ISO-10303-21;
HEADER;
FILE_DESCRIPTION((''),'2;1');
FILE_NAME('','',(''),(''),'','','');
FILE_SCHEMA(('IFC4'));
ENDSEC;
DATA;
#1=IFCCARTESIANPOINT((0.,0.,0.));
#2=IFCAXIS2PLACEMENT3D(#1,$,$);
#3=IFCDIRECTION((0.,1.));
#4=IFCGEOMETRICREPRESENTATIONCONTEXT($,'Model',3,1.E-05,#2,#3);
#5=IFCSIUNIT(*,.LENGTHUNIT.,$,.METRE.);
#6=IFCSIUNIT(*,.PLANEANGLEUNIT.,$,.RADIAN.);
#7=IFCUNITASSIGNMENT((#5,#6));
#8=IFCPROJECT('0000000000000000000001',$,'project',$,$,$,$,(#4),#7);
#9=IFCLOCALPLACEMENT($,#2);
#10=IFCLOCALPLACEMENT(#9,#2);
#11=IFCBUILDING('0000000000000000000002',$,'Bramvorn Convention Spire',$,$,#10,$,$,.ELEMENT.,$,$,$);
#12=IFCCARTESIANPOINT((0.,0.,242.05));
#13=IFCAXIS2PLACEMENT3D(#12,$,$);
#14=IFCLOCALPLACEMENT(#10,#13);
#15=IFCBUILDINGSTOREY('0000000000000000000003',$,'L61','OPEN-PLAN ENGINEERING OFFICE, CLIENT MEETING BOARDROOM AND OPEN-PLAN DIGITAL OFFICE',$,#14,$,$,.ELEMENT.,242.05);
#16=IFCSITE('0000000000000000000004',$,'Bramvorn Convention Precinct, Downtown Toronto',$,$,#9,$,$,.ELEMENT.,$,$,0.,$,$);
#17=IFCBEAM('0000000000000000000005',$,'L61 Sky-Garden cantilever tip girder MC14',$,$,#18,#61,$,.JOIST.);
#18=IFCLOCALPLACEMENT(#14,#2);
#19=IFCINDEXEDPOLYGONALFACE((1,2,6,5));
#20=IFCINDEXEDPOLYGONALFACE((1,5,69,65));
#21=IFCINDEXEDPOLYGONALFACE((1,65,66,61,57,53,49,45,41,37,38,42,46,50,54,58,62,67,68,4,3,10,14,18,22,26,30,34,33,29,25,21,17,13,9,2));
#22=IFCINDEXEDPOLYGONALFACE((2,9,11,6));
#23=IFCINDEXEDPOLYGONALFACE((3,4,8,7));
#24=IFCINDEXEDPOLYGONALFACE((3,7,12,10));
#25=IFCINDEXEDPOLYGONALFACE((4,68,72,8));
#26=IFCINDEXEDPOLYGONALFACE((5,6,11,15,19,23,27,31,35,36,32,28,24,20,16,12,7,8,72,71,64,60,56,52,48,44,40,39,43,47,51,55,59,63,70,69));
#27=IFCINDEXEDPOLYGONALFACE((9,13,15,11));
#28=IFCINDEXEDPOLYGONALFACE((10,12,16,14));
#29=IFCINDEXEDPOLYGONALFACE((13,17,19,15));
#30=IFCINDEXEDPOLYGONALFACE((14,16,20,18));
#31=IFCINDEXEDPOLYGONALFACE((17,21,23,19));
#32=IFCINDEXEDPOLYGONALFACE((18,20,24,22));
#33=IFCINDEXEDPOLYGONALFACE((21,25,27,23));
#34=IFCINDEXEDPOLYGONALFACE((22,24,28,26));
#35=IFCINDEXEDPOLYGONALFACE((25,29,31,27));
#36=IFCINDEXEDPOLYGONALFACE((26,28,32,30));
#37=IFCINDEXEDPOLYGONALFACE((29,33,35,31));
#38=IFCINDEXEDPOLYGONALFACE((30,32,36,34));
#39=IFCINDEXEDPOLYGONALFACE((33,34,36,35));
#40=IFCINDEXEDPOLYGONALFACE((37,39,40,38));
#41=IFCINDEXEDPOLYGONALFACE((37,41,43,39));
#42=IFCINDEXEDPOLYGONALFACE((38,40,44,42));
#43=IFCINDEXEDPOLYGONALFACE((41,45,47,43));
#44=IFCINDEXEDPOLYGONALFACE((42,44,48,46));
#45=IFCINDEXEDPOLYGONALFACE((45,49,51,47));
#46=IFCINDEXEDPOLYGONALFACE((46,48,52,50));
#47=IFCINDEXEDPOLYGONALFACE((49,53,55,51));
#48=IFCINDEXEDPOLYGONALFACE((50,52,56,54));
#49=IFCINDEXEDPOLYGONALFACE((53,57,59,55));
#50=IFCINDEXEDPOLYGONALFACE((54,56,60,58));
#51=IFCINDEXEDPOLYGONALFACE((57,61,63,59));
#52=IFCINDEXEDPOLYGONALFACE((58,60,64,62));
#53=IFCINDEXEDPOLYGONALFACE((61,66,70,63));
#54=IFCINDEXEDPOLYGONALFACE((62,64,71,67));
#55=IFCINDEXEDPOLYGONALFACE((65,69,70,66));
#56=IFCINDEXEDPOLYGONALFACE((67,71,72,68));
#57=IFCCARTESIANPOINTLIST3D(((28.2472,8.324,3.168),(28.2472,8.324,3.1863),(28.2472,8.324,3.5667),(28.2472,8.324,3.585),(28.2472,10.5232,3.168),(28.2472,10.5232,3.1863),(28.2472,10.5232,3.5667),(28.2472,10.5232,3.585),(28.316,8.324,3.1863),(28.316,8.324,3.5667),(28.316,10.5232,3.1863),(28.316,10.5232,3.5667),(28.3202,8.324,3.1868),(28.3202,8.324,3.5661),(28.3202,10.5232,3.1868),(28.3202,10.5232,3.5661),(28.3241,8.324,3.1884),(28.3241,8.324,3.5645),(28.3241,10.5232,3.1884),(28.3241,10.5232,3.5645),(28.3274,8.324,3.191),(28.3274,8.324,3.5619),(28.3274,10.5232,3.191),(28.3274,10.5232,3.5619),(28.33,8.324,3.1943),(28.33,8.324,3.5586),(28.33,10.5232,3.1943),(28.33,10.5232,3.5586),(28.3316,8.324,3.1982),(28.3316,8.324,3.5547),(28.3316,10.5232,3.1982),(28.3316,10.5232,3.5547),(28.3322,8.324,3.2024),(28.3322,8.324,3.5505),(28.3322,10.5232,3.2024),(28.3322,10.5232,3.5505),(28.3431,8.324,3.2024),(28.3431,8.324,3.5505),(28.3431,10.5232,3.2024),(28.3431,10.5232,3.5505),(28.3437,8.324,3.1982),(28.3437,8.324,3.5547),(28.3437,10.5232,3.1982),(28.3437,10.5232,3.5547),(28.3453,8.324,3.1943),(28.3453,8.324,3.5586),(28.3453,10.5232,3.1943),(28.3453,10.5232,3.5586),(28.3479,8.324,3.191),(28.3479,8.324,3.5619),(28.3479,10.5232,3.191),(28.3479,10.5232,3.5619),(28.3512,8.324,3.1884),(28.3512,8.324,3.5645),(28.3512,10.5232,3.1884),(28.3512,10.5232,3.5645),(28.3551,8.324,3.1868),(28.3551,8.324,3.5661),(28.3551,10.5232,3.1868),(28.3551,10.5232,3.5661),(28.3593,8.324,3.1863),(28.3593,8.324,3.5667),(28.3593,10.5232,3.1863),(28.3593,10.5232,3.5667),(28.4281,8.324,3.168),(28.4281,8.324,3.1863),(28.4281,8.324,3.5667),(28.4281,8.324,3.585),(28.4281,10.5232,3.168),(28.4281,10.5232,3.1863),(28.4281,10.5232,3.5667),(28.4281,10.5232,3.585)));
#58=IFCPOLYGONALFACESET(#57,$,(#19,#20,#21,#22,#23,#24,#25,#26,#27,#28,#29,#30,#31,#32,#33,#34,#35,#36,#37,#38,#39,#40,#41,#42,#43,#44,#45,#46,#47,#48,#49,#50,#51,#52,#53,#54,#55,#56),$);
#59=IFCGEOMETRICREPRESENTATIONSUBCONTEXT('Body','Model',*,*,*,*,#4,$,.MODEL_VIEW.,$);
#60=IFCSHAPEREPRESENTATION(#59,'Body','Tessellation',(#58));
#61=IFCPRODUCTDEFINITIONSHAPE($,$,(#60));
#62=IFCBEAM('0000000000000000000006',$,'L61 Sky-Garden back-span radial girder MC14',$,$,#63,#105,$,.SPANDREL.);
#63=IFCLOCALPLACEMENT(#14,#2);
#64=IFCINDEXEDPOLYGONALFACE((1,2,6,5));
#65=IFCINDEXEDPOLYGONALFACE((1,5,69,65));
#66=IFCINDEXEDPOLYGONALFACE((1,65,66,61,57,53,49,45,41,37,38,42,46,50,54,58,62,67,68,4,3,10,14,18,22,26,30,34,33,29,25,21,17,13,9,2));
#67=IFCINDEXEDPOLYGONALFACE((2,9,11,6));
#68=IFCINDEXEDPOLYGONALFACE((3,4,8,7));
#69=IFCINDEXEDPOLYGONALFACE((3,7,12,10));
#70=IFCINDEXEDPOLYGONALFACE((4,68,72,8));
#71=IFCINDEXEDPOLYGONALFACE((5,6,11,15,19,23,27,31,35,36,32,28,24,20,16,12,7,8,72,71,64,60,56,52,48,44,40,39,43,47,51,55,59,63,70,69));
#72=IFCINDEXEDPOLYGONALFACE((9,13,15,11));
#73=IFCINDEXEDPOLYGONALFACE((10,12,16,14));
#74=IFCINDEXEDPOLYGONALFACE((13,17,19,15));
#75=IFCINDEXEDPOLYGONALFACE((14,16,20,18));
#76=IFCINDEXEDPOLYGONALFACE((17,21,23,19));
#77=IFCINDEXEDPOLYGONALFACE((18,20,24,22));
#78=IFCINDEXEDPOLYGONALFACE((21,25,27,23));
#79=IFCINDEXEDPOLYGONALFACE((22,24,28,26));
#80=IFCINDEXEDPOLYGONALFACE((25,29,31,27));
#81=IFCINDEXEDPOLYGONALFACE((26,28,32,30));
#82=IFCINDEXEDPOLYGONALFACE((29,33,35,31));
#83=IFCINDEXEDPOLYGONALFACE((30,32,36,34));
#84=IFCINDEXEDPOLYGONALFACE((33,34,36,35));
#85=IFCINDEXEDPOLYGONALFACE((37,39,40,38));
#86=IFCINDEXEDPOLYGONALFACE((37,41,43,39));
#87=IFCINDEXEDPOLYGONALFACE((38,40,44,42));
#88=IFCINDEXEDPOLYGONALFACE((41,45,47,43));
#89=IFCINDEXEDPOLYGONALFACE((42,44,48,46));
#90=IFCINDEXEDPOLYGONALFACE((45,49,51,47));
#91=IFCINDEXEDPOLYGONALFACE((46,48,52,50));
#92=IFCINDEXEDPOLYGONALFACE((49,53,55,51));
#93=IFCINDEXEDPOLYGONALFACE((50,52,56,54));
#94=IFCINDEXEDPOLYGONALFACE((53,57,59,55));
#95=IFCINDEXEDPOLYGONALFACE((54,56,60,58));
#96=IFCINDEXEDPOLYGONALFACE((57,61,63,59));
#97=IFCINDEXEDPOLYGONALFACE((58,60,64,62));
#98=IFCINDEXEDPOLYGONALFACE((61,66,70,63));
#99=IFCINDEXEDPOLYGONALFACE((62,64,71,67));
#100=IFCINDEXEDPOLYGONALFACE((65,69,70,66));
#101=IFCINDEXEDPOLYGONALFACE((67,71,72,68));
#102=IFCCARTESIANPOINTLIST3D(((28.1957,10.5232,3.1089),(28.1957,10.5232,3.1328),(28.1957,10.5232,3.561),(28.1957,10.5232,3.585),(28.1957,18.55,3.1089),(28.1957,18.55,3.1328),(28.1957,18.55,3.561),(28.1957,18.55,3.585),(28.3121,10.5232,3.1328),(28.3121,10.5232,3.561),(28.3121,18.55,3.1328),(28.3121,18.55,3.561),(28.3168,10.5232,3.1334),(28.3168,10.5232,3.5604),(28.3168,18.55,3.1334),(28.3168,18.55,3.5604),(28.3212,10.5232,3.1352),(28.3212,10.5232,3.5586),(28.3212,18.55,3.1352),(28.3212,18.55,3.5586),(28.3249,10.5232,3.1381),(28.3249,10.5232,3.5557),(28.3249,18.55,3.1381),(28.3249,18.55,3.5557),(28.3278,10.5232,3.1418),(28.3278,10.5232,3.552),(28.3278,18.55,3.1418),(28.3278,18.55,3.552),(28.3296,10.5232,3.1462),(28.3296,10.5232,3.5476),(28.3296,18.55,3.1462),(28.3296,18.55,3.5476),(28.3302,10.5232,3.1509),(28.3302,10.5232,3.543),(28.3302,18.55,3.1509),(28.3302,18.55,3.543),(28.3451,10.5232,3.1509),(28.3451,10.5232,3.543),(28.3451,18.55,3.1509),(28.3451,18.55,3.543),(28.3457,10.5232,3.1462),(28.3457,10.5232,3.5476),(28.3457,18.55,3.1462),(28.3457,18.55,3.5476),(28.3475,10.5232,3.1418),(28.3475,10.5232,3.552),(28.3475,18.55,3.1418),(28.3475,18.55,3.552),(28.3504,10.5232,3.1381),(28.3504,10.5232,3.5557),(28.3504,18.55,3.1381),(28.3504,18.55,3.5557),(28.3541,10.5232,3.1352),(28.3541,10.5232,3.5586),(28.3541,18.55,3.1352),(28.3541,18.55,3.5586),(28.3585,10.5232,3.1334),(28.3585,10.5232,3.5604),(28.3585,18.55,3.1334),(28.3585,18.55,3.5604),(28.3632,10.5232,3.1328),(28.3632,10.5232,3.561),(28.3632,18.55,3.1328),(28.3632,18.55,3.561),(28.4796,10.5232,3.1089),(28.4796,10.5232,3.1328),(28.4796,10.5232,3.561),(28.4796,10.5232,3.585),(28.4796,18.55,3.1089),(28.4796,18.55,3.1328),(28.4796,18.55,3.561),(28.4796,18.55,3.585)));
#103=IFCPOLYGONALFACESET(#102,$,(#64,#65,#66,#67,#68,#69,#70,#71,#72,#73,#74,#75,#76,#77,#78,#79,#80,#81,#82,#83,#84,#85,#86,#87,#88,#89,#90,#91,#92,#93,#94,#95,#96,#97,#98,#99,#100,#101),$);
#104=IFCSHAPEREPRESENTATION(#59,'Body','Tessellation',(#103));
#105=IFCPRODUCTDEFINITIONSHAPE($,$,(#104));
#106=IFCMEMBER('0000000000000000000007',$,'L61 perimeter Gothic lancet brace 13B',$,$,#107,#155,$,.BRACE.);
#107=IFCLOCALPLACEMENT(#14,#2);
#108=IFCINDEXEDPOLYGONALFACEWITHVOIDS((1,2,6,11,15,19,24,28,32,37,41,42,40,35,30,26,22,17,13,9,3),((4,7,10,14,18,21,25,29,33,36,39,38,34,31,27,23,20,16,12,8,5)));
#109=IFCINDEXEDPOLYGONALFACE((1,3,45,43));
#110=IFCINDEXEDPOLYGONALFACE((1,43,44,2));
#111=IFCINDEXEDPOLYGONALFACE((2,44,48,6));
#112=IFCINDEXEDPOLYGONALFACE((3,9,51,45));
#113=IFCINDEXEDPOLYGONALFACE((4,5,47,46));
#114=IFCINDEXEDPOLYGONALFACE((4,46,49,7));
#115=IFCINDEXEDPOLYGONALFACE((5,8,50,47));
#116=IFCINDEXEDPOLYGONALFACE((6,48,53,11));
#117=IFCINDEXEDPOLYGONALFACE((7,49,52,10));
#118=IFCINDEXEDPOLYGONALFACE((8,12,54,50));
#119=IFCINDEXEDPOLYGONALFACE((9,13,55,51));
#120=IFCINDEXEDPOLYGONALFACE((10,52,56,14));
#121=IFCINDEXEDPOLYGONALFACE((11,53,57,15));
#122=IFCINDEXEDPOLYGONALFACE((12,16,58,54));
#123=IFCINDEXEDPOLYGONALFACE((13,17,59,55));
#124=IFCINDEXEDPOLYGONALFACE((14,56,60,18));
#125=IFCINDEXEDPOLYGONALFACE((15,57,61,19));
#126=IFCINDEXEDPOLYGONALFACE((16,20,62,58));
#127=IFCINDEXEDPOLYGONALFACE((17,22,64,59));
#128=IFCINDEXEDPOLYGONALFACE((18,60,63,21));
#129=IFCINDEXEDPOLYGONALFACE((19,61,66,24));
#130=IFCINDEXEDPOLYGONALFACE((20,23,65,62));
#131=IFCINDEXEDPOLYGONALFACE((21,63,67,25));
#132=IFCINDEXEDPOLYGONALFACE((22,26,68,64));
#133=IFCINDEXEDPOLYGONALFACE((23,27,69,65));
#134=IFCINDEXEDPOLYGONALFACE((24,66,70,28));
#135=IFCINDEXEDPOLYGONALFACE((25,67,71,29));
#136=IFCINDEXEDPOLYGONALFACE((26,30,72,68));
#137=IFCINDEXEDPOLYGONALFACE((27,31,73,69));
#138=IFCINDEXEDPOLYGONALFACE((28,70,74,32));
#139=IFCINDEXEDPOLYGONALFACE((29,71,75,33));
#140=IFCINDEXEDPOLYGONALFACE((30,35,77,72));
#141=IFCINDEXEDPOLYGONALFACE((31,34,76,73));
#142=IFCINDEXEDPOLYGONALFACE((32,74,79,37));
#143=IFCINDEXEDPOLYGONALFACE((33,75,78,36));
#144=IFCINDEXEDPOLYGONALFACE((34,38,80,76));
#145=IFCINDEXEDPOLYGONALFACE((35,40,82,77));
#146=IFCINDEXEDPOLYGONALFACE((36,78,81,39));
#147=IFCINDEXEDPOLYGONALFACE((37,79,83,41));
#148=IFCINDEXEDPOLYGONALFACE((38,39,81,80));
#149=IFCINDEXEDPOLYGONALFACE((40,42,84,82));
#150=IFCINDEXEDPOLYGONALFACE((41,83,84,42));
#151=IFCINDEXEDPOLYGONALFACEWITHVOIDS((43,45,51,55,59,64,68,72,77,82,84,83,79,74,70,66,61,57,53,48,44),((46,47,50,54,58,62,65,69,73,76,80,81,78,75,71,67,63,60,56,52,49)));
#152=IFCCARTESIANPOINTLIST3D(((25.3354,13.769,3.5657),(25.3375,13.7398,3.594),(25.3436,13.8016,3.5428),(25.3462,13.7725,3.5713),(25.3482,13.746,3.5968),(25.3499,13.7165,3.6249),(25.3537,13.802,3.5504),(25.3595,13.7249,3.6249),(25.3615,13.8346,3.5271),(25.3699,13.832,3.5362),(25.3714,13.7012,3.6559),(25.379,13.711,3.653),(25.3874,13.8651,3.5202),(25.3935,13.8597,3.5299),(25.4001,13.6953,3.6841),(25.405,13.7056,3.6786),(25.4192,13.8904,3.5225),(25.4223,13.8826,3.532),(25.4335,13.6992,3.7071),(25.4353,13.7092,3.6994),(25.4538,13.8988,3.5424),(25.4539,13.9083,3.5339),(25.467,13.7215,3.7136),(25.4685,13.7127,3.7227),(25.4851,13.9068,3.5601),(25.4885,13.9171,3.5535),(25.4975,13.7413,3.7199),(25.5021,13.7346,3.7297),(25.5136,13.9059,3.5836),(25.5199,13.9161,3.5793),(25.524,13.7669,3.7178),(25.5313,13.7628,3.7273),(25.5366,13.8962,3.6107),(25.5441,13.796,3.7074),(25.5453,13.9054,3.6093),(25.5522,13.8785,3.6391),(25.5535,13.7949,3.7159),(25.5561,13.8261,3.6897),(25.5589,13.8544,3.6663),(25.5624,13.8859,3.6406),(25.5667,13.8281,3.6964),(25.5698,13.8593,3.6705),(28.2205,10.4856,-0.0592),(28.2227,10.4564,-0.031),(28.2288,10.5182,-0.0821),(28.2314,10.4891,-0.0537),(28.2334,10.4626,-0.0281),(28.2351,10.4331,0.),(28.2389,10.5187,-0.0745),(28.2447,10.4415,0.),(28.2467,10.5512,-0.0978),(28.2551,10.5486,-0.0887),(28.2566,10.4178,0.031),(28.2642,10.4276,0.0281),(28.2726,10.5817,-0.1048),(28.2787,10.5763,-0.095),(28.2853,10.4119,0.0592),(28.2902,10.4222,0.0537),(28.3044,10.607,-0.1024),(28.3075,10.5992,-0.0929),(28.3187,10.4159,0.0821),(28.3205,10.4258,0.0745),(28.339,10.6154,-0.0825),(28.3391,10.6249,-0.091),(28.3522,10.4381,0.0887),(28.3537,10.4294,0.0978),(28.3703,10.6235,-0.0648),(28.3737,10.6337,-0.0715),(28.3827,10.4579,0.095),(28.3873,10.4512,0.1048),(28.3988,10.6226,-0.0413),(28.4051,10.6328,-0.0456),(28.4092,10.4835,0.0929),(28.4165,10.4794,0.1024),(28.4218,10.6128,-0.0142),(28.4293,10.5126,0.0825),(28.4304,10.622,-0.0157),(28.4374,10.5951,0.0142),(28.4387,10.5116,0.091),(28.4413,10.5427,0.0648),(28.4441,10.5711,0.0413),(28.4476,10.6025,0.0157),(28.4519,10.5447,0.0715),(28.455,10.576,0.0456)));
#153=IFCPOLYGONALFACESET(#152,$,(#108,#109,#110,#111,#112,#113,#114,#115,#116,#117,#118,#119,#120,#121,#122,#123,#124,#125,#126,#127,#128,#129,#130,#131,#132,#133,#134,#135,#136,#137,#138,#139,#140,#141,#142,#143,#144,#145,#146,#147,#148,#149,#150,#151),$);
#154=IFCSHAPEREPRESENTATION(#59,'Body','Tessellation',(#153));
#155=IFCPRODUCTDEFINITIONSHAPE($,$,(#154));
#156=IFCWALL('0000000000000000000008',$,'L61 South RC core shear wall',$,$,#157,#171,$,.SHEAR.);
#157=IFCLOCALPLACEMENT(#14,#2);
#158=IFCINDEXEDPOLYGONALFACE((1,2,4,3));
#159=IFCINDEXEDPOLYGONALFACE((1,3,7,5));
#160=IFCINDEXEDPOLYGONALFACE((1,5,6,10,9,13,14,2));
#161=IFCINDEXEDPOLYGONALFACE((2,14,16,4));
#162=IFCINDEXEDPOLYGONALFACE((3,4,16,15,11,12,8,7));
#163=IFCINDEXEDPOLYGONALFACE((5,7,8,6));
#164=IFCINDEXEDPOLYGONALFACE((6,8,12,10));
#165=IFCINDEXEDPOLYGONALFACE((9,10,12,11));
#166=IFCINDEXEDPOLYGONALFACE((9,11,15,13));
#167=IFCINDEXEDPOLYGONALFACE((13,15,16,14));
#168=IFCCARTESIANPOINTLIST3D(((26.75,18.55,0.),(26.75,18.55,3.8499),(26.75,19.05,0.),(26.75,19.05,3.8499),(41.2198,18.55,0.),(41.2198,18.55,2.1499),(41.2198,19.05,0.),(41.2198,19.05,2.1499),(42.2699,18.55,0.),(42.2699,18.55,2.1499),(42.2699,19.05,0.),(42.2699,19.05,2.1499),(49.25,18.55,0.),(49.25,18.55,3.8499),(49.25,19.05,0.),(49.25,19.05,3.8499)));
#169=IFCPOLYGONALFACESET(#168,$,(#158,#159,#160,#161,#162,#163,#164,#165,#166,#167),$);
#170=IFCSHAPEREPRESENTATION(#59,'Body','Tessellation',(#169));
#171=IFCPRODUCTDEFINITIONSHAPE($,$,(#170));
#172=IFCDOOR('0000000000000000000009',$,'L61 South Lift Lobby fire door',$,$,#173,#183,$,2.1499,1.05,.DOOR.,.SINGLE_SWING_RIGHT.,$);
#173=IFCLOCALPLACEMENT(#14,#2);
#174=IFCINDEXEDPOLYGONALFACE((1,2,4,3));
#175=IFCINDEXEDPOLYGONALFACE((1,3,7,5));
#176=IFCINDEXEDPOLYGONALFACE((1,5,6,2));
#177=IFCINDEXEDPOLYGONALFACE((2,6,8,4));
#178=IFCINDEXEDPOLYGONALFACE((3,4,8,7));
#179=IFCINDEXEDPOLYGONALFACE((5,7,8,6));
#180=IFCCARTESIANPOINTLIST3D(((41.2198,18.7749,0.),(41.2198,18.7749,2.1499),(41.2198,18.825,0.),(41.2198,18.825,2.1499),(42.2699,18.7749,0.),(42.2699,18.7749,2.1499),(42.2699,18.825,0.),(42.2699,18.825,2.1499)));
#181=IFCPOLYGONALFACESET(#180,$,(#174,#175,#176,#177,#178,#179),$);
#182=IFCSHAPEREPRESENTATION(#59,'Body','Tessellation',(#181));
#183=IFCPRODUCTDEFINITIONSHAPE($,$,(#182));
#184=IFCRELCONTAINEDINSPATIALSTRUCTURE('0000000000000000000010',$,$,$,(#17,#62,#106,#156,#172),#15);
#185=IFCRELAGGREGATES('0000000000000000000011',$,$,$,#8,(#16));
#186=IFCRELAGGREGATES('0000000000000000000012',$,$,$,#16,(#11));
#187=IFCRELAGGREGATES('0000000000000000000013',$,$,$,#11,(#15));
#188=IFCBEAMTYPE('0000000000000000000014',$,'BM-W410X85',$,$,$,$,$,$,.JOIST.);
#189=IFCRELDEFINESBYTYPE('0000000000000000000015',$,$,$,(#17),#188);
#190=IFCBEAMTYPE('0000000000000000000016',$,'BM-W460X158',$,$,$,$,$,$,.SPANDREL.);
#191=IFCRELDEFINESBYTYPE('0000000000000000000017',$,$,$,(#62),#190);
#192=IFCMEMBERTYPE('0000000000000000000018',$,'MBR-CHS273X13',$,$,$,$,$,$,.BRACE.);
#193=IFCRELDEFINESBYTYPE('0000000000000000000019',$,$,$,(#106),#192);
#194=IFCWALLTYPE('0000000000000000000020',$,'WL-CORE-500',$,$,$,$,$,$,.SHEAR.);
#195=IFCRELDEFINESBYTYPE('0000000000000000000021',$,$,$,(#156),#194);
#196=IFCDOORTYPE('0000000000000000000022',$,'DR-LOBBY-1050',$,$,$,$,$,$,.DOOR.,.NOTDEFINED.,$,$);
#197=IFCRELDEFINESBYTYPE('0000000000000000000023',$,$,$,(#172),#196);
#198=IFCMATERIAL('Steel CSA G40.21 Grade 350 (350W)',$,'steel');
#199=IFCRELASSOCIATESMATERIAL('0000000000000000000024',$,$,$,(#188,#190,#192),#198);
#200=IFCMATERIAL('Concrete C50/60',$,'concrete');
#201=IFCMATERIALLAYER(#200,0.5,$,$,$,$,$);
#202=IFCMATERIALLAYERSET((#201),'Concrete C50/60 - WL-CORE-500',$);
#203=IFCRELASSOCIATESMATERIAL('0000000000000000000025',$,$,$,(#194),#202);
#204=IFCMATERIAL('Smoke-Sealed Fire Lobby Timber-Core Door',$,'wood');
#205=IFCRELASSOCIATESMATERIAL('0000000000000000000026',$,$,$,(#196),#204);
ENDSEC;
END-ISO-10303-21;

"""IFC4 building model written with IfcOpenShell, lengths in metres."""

from ifc_helpers import new_model, si_unit, direction, frame, frame_2d, origin, origin_2d, place, context, subcontext, project, spatial, rectangle, hollow_circle, i_section, extrude, material, layer, layer_set, material_profile, profile_set, type_object, element, fill, save


model = new_model("IFC4")

# Units and contexts
model_context = context("Model", 3, precision=1e-05, world=origin(), true_north=direction((0.0, 1.0)))
body_context = subcontext(model_context, "Body", "Model", "MODEL_VIEW")
ifc_project = project(units=[si_unit("LENGTHUNIT", "METRE"), si_unit("PLANEANGLEUNIT", "RADIAN")], contexts=[model_context])

# Site, building, storey
site_placement = place(None, origin())
site = spatial("IfcSite", under=ifc_project, at=site_placement, Name="Bramvorn Convention Precinct, Downtown Toronto", CompositionType="ELEMENT", RefElevation=0.0)
building_placement = place(site_placement, origin())
building = spatial("IfcBuilding", under=site, at=building_placement, Name="Bramvorn Convention Spire", CompositionType="ELEMENT")
storey_placement = place(building_placement, frame((0.0, 0.0, 242.05)))
storey = spatial("IfcBuildingStorey", under=building, at=storey_placement, Name="L61", Description="OPEN-PLAN ENGINEERING OFFICE, CLIENT MEETING BOARDROOM AND OPEN-PLAN DIGITAL OFFICE", CompositionType="ELEMENT", Elevation=242.05)

# Shared definitions
ifc_material_1 = material(Name="Steel CSA G40.21 Grade 350 (350W)", Category="steel")

# Beams
ifc_material_profile_1 = material_profile(ifc_material_1, i_section(OverallWidth=0.1809, OverallDepth=0.417, WebThickness=0.011, FlangeThickness=0.0183, FilletRadius=0.0161, at=origin_2d()))
ifc_profile_set_1 = profile_set([ifc_material_profile_1], Name="Steel CSA G40.21 Grade 350 (350W) - W410X85")
beam_type_1 = type_object("IfcBeamType", Name="BM-W410X85", PredefinedType="JOIST", material=ifc_profile_set_1)
beam_1_placement = place(storey_placement, frame((28.3376, 10.5232, 3.3765), z_axis=(0.0, -1.0, 0.0), x_axis=(1.0, 0.0, 0.0)))
element("IfcBeam", 1, at=beam_1_placement, inside=storey, type_object=beam_type_1, Name="L61 Sky-Garden cantilever tip girder MC14", PredefinedType="JOIST", context=body_context, shape_type="SweptSolid", body=[
    extrude(i_section(OverallWidth=0.1809, OverallDepth=0.417, WebThickness=0.011, FlangeThickness=0.0183, FilletRadius=0.0161, at=origin_2d()), origin(), (0.0, 0.0, 1.0), 2.1992),
])
ifc_material_profile_2 = material_profile(ifc_material_1, i_section(OverallWidth=0.2839, OverallDepth=0.4761, WebThickness=0.0149, FlangeThickness=0.0239, FilletRadius=0.0181, at=origin_2d()))
ifc_profile_set_2 = profile_set([ifc_material_profile_2], Name="Steel CSA G40.21 Grade 350 (350W) - W460X158")
beam_type_2 = type_object("IfcBeamType", Name="BM-W460X158", PredefinedType="SPANDREL", material=ifc_profile_set_2)
beam_2_placement = place(storey_placement, frame((28.3376, 18.55, 3.3469), z_axis=(0.0, -1.0, 0.0), x_axis=(1.0, 0.0, 0.0)))
element("IfcBeam", 2, at=beam_2_placement, inside=storey, type_object=beam_type_2, Name="L61 Sky-Garden back-span radial girder MC14", PredefinedType="SPANDREL", context=body_context, shape_type="SweptSolid", body=[
    extrude(i_section(OverallWidth=0.2839, OverallDepth=0.4761, WebThickness=0.0149, FlangeThickness=0.0239, FilletRadius=0.0181, at=origin_2d()), origin(), (0.0, 0.0, 1.0), 8.0269),
])

# Member
ifc_material_profile_3 = material_profile(ifc_material_1, hollow_circle(Radius=0.1365, WallThickness=0.0127, at=origin_2d()))
ifc_profile_set_3 = profile_set([ifc_material_profile_3], Name="Steel CSA G40.21 Grade 350 (350W) - CHS273X13")
member_type = type_object("IfcMemberType", Name="MBR-CHS273X13", PredefinedType="BRACE", material=ifc_profile_set_3)
member_placement = place(storey_placement, frame((28.3376, 10.5232, 0.0), z_axis=(-0.508094, 0.578216, 0.638363), x_axis=(-0.751188, -0.660089, 0.0)))
element("IfcMember", 3, at=member_placement, inside=storey, type_object=member_type, Name="L61 perimeter Gothic lancet brace 13B", PredefinedType="BRACE", context=body_context, shape_type="SweptSolid", body=[
    extrude(hollow_circle(Radius=0.1365, WallThickness=0.0127, at=origin_2d()), origin(), (0.0, 0.0, 1.0), 5.6785),
])

# Wall, opening, door
ifc_material_2 = material(Name="Concrete C50/60", Category="concrete")
ifc_layer_1 = layer(ifc_material_2, 0.5)
ifc_layer_set_1 = layer_set([ifc_layer_1], Name="Concrete C50/60 - WL-CORE-500")
wall_type_1 = type_object("IfcWallType", Name="WL-CORE-500", PredefinedType="SHEAR", material=ifc_layer_set_1)
wall_1_placement = place(storey_placement, frame((26.75, 18.8, 0.0), z_axis=(0.0, 0.0, 1.0), x_axis=(1.0, 0.0, 0.0)))
wall_1 = element("IfcWall", 4, at=wall_1_placement, inside=storey, type_object=wall_type_1, Name="L61 South RC core shear wall", PredefinedType="SHEAR", context=body_context, shape_type="SweptSolid", body=[
    extrude(rectangle(XDim=22.5, YDim=0.5, at=frame_2d((11.25, 0.0))), origin(), (0.0, 0.0, 1.0), 3.8499),
])
opening_1_placement = place(wall_1_placement, frame((14.47, 0.0, 0.0)))
opening_1 = element("IfcOpeningElement", 5, at=opening_1_placement, cuts=wall_1, PredefinedType="OPENING", context=body_context, shape_type="SweptSolid", body=[
    extrude(rectangle(XDim=1.05, YDim=2.1499, at=frame_2d((0.5249, 1.075))), frame((0.0, 0.26, 0.0), z_axis=(0.0, -1.0, 0.0), x_axis=(1.0, 0.0, 0.0)), (0.0, 0.0, 1.0), 0.52),
])
ifc_material_3 = material(Name="Smoke-Sealed Fire Lobby Timber-Core Door", Category="wood")
door_type_1 = type_object("IfcDoorType", Name="DR-LOBBY-1050", OperationType="NOTDEFINED", PredefinedType="DOOR", material=ifc_material_3)
door_1_placement = place(opening_1_placement, origin())
door_1 = element("IfcDoor", 6, at=door_1_placement, inside=storey, type_object=door_type_1, Name="L61 South Lift Lobby fire door", OperationType="SINGLE_SWING_RIGHT", OverallHeight=2.1499, OverallWidth=1.05, PredefinedType="DOOR", context=body_context, shape_type="SweptSolid", body=[
    extrude(rectangle(XDim=1.05, YDim=2.1499, at=frame_2d((0.5249, 1.075))), frame((0.0, 0.0249, 0.0), z_axis=(0.0, -1.0, 0.0), x_axis=(1.0, 0.0, 0.0)), (0.0, 0.0, 1.0), 0.05),
])
fill(opening_1, door_1)

save(model, "model.ifc")
